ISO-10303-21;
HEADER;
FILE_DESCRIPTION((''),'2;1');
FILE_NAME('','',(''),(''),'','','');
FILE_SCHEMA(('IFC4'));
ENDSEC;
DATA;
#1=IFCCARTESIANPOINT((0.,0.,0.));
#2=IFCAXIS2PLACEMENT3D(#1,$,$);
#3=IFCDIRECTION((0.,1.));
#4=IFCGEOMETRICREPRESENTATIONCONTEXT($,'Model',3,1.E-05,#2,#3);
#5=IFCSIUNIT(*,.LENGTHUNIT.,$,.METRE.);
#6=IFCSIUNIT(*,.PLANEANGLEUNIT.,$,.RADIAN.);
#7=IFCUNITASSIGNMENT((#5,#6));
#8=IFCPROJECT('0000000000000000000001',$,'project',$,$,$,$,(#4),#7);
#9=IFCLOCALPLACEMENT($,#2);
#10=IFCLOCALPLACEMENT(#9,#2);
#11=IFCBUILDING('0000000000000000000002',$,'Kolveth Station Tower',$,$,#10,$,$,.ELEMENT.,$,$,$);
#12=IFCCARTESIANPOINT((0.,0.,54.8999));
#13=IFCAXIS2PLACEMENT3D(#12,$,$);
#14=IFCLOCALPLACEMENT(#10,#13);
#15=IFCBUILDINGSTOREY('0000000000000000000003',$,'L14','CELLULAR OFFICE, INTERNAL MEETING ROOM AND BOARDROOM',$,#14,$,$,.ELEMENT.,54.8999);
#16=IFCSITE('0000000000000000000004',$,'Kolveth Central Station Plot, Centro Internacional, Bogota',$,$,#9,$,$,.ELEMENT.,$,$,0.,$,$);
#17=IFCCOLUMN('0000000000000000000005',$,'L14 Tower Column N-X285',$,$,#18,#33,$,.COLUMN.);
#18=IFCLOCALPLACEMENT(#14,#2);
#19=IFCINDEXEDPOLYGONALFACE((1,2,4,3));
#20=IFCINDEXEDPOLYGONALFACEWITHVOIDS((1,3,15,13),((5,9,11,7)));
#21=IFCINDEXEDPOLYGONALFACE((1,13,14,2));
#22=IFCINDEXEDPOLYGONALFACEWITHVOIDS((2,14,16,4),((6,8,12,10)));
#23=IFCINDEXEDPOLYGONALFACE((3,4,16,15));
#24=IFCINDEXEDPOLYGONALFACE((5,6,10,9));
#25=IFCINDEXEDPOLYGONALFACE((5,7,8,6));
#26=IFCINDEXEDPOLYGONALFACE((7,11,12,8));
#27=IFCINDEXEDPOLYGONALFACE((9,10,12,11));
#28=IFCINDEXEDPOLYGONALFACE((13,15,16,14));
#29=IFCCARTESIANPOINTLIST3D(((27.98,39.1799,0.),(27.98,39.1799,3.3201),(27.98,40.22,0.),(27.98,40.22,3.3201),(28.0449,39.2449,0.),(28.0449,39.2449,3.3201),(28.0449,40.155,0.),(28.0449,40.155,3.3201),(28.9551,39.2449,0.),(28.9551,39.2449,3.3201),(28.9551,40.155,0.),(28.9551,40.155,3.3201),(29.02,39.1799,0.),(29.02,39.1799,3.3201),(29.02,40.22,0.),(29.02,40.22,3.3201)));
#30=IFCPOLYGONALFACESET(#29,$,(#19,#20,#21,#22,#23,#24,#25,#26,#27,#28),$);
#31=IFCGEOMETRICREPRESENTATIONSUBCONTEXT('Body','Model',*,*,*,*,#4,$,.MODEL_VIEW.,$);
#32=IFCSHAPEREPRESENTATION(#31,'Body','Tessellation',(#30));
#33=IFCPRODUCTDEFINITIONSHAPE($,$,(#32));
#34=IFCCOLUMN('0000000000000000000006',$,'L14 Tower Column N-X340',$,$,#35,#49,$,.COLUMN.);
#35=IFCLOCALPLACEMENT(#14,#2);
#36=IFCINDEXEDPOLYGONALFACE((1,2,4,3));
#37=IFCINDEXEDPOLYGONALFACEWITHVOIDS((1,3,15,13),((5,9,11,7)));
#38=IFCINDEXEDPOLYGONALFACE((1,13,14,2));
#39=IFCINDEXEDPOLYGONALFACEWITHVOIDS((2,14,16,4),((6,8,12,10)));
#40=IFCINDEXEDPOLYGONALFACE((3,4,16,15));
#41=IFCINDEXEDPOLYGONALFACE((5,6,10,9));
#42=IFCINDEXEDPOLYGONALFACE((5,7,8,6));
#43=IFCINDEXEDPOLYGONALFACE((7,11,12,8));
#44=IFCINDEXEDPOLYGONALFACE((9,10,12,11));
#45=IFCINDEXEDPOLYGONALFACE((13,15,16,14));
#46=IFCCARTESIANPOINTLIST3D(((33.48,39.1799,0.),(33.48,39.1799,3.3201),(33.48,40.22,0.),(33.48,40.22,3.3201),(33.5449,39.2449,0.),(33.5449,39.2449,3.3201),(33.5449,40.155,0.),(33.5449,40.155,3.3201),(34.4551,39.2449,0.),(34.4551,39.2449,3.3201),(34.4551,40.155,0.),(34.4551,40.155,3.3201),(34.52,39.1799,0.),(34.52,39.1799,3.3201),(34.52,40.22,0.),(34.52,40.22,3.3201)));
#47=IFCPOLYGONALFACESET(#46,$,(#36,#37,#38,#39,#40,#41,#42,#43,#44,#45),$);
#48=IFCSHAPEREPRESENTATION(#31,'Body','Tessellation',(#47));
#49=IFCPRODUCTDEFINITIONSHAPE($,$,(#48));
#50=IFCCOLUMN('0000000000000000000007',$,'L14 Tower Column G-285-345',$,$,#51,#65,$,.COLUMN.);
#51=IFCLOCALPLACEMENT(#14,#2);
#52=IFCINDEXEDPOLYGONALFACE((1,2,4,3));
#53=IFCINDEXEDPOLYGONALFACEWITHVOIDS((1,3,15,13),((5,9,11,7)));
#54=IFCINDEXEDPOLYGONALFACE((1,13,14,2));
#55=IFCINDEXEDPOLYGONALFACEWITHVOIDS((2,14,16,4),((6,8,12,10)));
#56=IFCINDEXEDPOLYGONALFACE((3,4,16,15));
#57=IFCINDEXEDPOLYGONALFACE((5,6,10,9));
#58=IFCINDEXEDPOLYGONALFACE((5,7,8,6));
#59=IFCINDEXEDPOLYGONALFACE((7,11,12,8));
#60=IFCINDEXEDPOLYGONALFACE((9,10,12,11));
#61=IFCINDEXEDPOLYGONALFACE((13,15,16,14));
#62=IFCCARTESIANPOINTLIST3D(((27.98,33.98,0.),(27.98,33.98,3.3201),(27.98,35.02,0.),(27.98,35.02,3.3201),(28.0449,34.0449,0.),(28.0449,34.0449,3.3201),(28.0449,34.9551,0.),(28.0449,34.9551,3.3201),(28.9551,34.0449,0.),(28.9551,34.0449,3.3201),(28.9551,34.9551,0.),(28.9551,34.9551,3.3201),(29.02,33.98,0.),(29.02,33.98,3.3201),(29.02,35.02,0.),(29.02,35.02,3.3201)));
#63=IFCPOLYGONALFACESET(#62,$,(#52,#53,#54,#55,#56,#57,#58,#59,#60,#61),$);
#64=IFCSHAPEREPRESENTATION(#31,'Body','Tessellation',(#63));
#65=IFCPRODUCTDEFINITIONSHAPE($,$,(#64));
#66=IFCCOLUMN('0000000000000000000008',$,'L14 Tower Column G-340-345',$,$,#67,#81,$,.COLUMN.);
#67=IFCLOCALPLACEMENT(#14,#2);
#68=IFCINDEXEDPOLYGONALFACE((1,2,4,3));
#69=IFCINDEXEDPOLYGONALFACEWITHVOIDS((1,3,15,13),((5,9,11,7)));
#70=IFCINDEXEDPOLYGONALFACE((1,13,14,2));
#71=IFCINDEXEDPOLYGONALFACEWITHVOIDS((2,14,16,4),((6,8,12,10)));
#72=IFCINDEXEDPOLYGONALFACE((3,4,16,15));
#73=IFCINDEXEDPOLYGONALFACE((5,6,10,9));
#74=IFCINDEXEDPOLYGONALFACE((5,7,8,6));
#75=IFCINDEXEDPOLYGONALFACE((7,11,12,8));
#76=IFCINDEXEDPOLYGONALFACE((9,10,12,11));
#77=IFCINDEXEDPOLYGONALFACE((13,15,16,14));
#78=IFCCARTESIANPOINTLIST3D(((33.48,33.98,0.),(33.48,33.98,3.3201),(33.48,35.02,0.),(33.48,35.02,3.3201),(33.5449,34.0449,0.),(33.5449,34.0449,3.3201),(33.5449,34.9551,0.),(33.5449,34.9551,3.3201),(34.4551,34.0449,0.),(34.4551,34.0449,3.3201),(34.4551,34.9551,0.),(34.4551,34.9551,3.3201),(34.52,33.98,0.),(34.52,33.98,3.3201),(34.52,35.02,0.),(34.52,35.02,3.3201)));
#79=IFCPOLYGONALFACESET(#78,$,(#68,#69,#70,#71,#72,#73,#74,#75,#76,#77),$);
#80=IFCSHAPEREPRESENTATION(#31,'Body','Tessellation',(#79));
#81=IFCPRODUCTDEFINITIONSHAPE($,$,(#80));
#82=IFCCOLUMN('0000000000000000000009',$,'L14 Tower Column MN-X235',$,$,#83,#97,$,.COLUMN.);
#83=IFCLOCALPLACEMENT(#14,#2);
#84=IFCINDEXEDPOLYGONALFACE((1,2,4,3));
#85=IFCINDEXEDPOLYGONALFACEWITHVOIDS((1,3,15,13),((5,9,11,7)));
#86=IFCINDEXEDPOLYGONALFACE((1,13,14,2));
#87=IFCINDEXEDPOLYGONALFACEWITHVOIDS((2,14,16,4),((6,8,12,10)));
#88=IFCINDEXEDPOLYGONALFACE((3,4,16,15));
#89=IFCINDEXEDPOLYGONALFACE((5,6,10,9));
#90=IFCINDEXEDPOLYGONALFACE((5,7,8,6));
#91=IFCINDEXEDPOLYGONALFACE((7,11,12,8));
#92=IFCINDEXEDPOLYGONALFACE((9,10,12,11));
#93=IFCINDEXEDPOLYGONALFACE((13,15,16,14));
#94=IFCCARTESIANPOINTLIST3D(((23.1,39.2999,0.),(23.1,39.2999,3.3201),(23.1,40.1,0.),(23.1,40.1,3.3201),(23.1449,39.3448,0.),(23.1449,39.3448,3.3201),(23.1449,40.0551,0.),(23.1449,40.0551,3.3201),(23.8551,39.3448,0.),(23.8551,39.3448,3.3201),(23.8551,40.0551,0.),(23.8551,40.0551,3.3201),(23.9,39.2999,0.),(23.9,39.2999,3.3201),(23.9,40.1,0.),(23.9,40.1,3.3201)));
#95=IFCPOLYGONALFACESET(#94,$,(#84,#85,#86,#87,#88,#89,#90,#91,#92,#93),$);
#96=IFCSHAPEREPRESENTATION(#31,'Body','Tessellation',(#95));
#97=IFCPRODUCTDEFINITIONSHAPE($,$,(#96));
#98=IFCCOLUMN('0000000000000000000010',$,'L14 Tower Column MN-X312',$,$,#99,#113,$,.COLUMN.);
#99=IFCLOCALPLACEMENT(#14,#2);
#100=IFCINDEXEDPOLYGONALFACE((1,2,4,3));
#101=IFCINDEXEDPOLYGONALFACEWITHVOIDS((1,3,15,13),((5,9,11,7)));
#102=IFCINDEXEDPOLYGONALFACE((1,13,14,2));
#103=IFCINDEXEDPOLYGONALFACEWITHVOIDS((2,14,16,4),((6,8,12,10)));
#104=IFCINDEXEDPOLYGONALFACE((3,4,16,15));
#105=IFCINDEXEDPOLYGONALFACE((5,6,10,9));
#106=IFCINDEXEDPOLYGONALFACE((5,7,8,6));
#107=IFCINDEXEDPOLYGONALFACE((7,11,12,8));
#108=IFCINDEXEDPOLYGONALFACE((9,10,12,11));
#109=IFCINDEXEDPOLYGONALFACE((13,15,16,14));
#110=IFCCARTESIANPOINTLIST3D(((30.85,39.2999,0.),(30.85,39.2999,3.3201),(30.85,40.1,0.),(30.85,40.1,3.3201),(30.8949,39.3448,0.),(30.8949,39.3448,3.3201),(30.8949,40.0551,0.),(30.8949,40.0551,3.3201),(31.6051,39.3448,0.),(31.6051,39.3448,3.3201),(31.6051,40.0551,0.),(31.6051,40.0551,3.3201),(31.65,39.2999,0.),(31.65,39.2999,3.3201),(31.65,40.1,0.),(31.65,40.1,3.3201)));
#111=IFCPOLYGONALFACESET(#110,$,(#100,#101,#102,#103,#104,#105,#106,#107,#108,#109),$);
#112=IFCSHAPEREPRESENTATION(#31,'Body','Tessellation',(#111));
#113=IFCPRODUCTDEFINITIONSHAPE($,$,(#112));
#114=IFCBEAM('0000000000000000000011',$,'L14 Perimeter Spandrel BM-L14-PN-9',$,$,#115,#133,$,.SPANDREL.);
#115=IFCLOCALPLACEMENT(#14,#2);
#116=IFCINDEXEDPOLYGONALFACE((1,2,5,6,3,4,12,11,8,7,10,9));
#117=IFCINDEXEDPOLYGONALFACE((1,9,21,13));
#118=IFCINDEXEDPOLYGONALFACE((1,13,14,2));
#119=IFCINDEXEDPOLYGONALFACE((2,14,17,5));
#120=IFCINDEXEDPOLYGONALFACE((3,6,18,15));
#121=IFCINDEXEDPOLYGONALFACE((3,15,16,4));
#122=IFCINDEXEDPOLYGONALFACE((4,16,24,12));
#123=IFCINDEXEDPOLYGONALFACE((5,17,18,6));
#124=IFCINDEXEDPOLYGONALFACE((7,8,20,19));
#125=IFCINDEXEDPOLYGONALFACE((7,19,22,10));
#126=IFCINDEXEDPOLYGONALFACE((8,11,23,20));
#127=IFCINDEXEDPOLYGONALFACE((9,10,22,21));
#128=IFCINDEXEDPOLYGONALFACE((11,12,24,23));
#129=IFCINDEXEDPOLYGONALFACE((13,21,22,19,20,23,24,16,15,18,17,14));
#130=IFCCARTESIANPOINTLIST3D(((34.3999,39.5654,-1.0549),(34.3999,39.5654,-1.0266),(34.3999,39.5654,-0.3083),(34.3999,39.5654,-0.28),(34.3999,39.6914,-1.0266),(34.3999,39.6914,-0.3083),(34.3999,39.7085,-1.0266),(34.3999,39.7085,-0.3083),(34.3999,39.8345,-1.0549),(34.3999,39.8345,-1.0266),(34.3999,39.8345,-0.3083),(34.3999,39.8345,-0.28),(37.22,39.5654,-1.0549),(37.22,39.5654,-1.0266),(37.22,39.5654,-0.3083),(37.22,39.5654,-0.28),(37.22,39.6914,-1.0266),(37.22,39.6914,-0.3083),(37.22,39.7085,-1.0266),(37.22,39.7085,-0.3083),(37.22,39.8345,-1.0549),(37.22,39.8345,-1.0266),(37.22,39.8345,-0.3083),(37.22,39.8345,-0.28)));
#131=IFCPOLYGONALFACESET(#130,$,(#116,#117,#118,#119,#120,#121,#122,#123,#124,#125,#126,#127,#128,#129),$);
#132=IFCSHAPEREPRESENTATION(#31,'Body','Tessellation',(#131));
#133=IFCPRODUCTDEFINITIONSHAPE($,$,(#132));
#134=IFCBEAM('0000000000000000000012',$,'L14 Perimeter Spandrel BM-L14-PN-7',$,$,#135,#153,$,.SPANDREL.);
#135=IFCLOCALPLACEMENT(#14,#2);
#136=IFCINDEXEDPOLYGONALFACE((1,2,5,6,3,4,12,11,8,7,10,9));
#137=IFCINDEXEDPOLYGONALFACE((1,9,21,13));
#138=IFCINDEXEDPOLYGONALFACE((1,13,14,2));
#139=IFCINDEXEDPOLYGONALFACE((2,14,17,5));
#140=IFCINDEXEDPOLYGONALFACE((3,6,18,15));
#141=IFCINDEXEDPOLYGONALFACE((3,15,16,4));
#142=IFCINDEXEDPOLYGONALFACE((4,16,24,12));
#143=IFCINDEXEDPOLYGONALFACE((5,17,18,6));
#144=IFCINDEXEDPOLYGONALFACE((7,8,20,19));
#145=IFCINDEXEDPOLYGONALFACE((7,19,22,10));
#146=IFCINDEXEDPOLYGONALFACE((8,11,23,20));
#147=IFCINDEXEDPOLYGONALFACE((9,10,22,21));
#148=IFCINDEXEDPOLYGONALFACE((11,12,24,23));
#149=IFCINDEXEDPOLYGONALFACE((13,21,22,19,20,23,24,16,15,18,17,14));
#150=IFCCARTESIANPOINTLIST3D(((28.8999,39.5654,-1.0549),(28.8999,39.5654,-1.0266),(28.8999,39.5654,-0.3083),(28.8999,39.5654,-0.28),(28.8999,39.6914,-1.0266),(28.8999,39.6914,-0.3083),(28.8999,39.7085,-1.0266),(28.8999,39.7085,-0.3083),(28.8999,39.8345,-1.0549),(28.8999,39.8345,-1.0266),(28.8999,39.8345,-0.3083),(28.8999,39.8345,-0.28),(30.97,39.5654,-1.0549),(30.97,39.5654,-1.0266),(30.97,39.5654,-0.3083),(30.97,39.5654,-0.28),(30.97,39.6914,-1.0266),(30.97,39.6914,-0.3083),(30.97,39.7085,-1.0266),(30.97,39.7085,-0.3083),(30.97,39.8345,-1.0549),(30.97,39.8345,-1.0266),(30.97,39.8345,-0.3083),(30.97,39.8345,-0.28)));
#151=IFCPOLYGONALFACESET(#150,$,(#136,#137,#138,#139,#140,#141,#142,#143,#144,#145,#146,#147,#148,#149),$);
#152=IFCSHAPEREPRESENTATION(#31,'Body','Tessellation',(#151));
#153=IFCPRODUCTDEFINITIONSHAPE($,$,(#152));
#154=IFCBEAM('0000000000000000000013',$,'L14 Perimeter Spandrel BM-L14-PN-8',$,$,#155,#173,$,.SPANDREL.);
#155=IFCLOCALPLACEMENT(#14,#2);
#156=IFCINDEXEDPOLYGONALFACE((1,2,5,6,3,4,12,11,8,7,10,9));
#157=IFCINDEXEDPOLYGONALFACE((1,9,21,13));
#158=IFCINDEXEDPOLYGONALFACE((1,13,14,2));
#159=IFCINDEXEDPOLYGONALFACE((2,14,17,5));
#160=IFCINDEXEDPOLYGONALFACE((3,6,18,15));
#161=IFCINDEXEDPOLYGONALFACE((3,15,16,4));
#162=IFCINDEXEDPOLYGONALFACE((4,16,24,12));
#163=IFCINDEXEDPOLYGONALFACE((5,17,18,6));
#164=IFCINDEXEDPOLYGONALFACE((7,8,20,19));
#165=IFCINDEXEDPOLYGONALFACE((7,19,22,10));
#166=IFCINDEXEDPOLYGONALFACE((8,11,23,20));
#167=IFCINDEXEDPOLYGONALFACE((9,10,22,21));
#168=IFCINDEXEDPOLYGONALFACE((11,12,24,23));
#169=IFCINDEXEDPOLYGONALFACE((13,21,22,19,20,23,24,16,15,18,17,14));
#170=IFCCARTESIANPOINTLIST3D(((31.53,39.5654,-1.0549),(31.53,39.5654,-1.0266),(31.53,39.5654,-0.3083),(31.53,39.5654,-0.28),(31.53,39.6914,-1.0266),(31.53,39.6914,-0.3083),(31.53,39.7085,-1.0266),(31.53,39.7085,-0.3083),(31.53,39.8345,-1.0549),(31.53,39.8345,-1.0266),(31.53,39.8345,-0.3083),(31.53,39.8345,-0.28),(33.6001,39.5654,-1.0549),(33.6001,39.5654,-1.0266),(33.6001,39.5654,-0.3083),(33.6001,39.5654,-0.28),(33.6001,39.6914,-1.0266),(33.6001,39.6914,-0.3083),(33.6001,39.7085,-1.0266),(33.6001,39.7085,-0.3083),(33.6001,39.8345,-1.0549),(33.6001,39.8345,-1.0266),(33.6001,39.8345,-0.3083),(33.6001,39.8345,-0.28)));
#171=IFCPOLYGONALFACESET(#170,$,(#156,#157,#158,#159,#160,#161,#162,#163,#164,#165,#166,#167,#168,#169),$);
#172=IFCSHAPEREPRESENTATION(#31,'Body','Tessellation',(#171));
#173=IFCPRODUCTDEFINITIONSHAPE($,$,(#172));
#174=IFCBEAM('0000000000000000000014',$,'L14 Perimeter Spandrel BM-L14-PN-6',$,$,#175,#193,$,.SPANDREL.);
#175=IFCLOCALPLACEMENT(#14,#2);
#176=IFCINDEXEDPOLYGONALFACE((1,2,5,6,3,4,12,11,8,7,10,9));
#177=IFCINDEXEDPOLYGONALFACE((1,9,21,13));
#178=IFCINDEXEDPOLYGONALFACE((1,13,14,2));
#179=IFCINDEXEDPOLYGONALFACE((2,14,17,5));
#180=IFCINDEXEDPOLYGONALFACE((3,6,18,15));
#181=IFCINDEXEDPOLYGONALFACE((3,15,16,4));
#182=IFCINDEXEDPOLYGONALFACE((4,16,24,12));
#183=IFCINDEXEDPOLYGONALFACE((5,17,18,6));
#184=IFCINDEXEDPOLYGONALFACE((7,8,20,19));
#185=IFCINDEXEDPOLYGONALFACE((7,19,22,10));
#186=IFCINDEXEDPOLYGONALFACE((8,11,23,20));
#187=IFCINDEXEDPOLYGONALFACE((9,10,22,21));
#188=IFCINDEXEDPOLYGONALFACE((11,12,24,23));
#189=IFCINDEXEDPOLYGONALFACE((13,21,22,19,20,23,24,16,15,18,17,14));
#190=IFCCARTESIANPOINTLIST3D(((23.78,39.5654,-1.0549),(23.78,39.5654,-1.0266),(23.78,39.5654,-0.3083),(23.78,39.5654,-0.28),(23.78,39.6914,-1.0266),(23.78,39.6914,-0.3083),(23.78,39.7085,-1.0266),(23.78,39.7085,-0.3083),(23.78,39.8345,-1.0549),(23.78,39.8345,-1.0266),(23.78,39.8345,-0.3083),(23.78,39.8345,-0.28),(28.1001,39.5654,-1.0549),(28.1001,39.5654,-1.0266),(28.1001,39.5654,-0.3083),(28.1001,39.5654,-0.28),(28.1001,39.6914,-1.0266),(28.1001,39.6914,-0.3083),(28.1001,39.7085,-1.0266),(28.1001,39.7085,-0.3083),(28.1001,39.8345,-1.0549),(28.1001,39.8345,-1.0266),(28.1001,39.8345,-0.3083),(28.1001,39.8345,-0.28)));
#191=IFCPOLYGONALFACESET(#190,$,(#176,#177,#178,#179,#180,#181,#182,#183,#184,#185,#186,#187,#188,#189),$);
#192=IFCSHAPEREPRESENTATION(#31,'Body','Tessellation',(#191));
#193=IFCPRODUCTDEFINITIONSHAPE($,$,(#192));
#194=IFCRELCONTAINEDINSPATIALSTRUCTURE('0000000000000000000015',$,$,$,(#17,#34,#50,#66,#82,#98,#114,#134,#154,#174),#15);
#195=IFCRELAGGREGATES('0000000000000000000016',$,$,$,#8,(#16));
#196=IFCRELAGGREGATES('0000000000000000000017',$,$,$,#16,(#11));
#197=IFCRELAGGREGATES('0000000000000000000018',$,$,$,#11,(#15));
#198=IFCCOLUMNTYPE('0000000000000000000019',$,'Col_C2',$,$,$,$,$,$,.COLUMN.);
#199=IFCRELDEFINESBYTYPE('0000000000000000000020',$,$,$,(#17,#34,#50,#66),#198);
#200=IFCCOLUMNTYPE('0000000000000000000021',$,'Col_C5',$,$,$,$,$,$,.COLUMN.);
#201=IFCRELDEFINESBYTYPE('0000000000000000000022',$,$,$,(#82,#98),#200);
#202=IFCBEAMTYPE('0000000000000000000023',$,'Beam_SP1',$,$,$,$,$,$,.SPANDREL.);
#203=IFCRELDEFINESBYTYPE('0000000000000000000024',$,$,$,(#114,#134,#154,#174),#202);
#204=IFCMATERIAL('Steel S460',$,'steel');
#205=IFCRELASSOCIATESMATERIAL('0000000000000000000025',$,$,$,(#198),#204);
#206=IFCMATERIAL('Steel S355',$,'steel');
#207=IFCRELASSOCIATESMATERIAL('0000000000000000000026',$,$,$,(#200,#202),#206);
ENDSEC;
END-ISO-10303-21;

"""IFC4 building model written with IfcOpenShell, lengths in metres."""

from ifc_helpers import new_model, si_unit, direction, frame, origin, origin_2d, place, context, subcontext, project, spatial, hollow_rectangle, i_section, extrude, source, transform, mapped, material, material_profile, profile_set, type_object, element, save


model = new_model("IFC4")

# Units and contexts
model_context = context("Model", 3, precision=1e-05, world=origin(), true_north=direction((0.0, 1.0)))
body_context = subcontext(model_context, "Body", "Model", "MODEL_VIEW")
ifc_project = project(units=[si_unit("LENGTHUNIT", "METRE"), si_unit("PLANEANGLEUNIT", "RADIAN")], contexts=[model_context])

# Site, building, storey
site_placement = place(None, origin())
site = spatial("IfcSite", under=ifc_project, at=site_placement, Name="Kolveth Central Station Plot, Centro Internacional, Bogota", CompositionType="ELEMENT", RefElevation=0.0)
building_placement = place(site_placement, origin())
building = spatial("IfcBuilding", under=site, at=building_placement, Name="Kolveth Station Tower", CompositionType="ELEMENT")
storey_placement = place(building_placement, frame((0.0, 0.0, 54.8999)))
storey = spatial("IfcBuildingStorey", under=building, at=storey_placement, Name="L14", Description="CELLULAR OFFICE, INTERNAL MEETING ROOM AND BOARDROOM", CompositionType="ELEMENT", Elevation=54.8999)

# Columns
ifc_material_1 = material(Name="Steel S460", Category="steel")
ifc_material_profile_1 = material_profile(ifc_material_1, hollow_rectangle(XDim=1.04, YDim=1.04, WallThickness=0.0649, at=origin_2d()), Name="BOX1040x1040x65")
ifc_profile_set_1 = profile_set([ifc_material_profile_1], Name="Steel S460")
column_type_1 = type_object("IfcColumnType", Name="Col_C2", PredefinedType="COLUMN", material=ifc_profile_set_1)
shared_shape_1 = source(origin(), body_context, "Body", "SweptSolid", [
    extrude(hollow_rectangle(XDim=1.04, YDim=1.04, WallThickness=0.0649, at=origin_2d()), origin(), (0.0, 0.0, 1.0), 3.3201),
])
for number, where, z_axis, x_axis, name in (
    (1, (28.5, 39.7, 0.0), (0.0, 0.0, 1.0), (1.0, 0.0, 0.0), "L14 Tower Column N-X285"),
    (2, (34.0, 39.7, 0.0), (0.0, 0.0, 1.0), (1.0, 0.0, 0.0), "L14 Tower Column N-X340"),
    (3, (28.5, 34.5, 0.0), (0.0, 0.0, 1.0), (1.0, 0.0, 0.0), "L14 Tower Column G-285-345"),
    (4, (34.0, 34.5, 0.0), (0.0, 0.0, 1.0), (1.0, 0.0, 0.0), "L14 Tower Column G-340-345"),
):
    element("IfcColumn", number, at=place(storey_placement, frame(where, z_axis=z_axis, x_axis=x_axis)), inside=storey, type_object=column_type_1, Name=name, PredefinedType="COLUMN", context=body_context, shape_type="MappedRepresentation", body=[
        mapped(shared_shape_1, transform((0.0, 0.0, 0.0), x_axis=(1.0, 0.0, 0.0), y_axis=(0.0, 1.0, 0.0), z_axis=(0.0, 0.0, 1.0), scale=1.0)),
    ])
ifc_material_2 = material(Name="Steel S355", Category="steel")
ifc_material_profile_2 = material_profile(ifc_material_2, hollow_rectangle(XDim=0.8, YDim=0.8, WallThickness=0.0449, at=origin_2d()), Name="BOX800x800x45")
ifc_profile_set_2 = profile_set([ifc_material_profile_2], Name="Steel S355")
column_type_2 = type_object("IfcColumnType", Name="Col_C5", PredefinedType="COLUMN", material=ifc_profile_set_2)
shared_shape_2 = source(origin(), body_context, "Body", "SweptSolid", [
    extrude(hollow_rectangle(XDim=0.8, YDim=0.8, WallThickness=0.0449, at=origin_2d()), origin(), (0.0, 0.0, 1.0), 3.3201),
])
for number, where, z_axis, x_axis, name in (
    (5, (23.5, 39.7, 0.0), (0.0, 0.0, 1.0), (1.0, 0.0, 0.0), "L14 Tower Column MN-X235"),
    (6, (31.25, 39.7, 0.0), (0.0, 0.0, 1.0), (1.0, 0.0, 0.0), "L14 Tower Column MN-X312"),
):
    element("IfcColumn", number, at=place(storey_placement, frame(where, z_axis=z_axis, x_axis=x_axis)), inside=storey, type_object=column_type_2, Name=name, PredefinedType="COLUMN", context=body_context, shape_type="MappedRepresentation", body=[
        mapped(shared_shape_2, transform((0.0, 0.0, 0.0), x_axis=(1.0, 0.0, 0.0), y_axis=(0.0, 1.0, 0.0), z_axis=(0.0, 0.0, 1.0), scale=1.0)),
    ])

# Beams
ifc_material_profile_3 = material_profile(ifc_material_2, i_section(OverallWidth=0.269, OverallDepth=0.7749, WebThickness=0.0171, FlangeThickness=0.0283, at=origin_2d()), Name="W760x220")
ifc_profile_set_3 = profile_set([ifc_material_profile_3], Name="Steel S355")
beam_type_1 = type_object("IfcBeamType", Name="Beam_SP1", PredefinedType="SPANDREL", material=ifc_profile_set_3)
shared_shape_3 = source(origin(), body_context, "Body", "SweptSolid", [
    extrude(i_section(OverallWidth=0.269, OverallDepth=0.7749, WebThickness=0.0171, FlangeThickness=0.0283, at=origin_2d()), origin(), (0.0, 0.0, 1.0), 2.8201),
])
beam_1_placement = place(storey_placement, frame((34.3999, 39.7, -0.6675), z_axis=(1.0, 0.0, 0.0), x_axis=(0.0, 1.0, 0.0)))
element("IfcBeam", 7, at=beam_1_placement, inside=storey, type_object=beam_type_1, Name="L14 Perimeter Spandrel BM-L14-PN-9", PredefinedType="SPANDREL", context=body_context, shape_type="MappedRepresentation", body=[
    mapped(shared_shape_3, transform((0.0, 0.0, 0.0), x_axis=(1.0, 0.0, 0.0), y_axis=(0.0, 1.0, 0.0), z_axis=(0.0, 0.0, 1.0), scale=1.0)),
])
shared_shape_4 = source(origin(), body_context, "Body", "SweptSolid", [
    extrude(i_section(OverallWidth=0.269, OverallDepth=0.7749, WebThickness=0.0171, FlangeThickness=0.0283, at=origin_2d()), origin(), (0.0, 0.0, 1.0), 2.0701),
])
for number, where, z_axis, x_axis, name in (
    (8, (28.8999, 39.7, -0.6675), (1.0, 0.0, 0.0), (0.0, 1.0, 0.0), "L14 Perimeter Spandrel BM-L14-PN-7"),
    (9, (31.53, 39.7, -0.6675), (1.0, 0.0, 0.0), (0.0, 1.0, 0.0), "L14 Perimeter Spandrel BM-L14-PN-8"),
):
    element("IfcBeam", number, at=place(storey_placement, frame(where, z_axis=z_axis, x_axis=x_axis)), inside=storey, type_object=beam_type_1, Name=name, PredefinedType="SPANDREL", context=body_context, shape_type="MappedRepresentation", body=[
        mapped(shared_shape_4, transform((0.0, 0.0, 0.0), x_axis=(1.0, 0.0, 0.0), y_axis=(0.0, 1.0, 0.0), z_axis=(0.0, 0.0, 1.0), scale=1.0)),
    ])
shared_shape_5 = source(origin(), body_context, "Body", "SweptSolid", [
    extrude(i_section(OverallWidth=0.269, OverallDepth=0.7749, WebThickness=0.0171, FlangeThickness=0.0283, at=origin_2d()), origin(), (0.0, 0.0, 1.0), 4.3201),
])
beam_2_placement = place(storey_placement, frame((23.78, 39.7, -0.6675), z_axis=(1.0, 0.0, 0.0), x_axis=(0.0, 1.0, 0.0)))
element("IfcBeam", 10, at=beam_2_placement, inside=storey, type_object=beam_type_1, Name="L14 Perimeter Spandrel BM-L14-PN-6", PredefinedType="SPANDREL", context=body_context, shape_type="MappedRepresentation", body=[
    mapped(shared_shape_5, transform((0.0, 0.0, 0.0), x_axis=(1.0, 0.0, 0.0), y_axis=(0.0, 1.0, 0.0), z_axis=(0.0, 0.0, 1.0), scale=1.0)),
])

save(model, "model.ifc")
